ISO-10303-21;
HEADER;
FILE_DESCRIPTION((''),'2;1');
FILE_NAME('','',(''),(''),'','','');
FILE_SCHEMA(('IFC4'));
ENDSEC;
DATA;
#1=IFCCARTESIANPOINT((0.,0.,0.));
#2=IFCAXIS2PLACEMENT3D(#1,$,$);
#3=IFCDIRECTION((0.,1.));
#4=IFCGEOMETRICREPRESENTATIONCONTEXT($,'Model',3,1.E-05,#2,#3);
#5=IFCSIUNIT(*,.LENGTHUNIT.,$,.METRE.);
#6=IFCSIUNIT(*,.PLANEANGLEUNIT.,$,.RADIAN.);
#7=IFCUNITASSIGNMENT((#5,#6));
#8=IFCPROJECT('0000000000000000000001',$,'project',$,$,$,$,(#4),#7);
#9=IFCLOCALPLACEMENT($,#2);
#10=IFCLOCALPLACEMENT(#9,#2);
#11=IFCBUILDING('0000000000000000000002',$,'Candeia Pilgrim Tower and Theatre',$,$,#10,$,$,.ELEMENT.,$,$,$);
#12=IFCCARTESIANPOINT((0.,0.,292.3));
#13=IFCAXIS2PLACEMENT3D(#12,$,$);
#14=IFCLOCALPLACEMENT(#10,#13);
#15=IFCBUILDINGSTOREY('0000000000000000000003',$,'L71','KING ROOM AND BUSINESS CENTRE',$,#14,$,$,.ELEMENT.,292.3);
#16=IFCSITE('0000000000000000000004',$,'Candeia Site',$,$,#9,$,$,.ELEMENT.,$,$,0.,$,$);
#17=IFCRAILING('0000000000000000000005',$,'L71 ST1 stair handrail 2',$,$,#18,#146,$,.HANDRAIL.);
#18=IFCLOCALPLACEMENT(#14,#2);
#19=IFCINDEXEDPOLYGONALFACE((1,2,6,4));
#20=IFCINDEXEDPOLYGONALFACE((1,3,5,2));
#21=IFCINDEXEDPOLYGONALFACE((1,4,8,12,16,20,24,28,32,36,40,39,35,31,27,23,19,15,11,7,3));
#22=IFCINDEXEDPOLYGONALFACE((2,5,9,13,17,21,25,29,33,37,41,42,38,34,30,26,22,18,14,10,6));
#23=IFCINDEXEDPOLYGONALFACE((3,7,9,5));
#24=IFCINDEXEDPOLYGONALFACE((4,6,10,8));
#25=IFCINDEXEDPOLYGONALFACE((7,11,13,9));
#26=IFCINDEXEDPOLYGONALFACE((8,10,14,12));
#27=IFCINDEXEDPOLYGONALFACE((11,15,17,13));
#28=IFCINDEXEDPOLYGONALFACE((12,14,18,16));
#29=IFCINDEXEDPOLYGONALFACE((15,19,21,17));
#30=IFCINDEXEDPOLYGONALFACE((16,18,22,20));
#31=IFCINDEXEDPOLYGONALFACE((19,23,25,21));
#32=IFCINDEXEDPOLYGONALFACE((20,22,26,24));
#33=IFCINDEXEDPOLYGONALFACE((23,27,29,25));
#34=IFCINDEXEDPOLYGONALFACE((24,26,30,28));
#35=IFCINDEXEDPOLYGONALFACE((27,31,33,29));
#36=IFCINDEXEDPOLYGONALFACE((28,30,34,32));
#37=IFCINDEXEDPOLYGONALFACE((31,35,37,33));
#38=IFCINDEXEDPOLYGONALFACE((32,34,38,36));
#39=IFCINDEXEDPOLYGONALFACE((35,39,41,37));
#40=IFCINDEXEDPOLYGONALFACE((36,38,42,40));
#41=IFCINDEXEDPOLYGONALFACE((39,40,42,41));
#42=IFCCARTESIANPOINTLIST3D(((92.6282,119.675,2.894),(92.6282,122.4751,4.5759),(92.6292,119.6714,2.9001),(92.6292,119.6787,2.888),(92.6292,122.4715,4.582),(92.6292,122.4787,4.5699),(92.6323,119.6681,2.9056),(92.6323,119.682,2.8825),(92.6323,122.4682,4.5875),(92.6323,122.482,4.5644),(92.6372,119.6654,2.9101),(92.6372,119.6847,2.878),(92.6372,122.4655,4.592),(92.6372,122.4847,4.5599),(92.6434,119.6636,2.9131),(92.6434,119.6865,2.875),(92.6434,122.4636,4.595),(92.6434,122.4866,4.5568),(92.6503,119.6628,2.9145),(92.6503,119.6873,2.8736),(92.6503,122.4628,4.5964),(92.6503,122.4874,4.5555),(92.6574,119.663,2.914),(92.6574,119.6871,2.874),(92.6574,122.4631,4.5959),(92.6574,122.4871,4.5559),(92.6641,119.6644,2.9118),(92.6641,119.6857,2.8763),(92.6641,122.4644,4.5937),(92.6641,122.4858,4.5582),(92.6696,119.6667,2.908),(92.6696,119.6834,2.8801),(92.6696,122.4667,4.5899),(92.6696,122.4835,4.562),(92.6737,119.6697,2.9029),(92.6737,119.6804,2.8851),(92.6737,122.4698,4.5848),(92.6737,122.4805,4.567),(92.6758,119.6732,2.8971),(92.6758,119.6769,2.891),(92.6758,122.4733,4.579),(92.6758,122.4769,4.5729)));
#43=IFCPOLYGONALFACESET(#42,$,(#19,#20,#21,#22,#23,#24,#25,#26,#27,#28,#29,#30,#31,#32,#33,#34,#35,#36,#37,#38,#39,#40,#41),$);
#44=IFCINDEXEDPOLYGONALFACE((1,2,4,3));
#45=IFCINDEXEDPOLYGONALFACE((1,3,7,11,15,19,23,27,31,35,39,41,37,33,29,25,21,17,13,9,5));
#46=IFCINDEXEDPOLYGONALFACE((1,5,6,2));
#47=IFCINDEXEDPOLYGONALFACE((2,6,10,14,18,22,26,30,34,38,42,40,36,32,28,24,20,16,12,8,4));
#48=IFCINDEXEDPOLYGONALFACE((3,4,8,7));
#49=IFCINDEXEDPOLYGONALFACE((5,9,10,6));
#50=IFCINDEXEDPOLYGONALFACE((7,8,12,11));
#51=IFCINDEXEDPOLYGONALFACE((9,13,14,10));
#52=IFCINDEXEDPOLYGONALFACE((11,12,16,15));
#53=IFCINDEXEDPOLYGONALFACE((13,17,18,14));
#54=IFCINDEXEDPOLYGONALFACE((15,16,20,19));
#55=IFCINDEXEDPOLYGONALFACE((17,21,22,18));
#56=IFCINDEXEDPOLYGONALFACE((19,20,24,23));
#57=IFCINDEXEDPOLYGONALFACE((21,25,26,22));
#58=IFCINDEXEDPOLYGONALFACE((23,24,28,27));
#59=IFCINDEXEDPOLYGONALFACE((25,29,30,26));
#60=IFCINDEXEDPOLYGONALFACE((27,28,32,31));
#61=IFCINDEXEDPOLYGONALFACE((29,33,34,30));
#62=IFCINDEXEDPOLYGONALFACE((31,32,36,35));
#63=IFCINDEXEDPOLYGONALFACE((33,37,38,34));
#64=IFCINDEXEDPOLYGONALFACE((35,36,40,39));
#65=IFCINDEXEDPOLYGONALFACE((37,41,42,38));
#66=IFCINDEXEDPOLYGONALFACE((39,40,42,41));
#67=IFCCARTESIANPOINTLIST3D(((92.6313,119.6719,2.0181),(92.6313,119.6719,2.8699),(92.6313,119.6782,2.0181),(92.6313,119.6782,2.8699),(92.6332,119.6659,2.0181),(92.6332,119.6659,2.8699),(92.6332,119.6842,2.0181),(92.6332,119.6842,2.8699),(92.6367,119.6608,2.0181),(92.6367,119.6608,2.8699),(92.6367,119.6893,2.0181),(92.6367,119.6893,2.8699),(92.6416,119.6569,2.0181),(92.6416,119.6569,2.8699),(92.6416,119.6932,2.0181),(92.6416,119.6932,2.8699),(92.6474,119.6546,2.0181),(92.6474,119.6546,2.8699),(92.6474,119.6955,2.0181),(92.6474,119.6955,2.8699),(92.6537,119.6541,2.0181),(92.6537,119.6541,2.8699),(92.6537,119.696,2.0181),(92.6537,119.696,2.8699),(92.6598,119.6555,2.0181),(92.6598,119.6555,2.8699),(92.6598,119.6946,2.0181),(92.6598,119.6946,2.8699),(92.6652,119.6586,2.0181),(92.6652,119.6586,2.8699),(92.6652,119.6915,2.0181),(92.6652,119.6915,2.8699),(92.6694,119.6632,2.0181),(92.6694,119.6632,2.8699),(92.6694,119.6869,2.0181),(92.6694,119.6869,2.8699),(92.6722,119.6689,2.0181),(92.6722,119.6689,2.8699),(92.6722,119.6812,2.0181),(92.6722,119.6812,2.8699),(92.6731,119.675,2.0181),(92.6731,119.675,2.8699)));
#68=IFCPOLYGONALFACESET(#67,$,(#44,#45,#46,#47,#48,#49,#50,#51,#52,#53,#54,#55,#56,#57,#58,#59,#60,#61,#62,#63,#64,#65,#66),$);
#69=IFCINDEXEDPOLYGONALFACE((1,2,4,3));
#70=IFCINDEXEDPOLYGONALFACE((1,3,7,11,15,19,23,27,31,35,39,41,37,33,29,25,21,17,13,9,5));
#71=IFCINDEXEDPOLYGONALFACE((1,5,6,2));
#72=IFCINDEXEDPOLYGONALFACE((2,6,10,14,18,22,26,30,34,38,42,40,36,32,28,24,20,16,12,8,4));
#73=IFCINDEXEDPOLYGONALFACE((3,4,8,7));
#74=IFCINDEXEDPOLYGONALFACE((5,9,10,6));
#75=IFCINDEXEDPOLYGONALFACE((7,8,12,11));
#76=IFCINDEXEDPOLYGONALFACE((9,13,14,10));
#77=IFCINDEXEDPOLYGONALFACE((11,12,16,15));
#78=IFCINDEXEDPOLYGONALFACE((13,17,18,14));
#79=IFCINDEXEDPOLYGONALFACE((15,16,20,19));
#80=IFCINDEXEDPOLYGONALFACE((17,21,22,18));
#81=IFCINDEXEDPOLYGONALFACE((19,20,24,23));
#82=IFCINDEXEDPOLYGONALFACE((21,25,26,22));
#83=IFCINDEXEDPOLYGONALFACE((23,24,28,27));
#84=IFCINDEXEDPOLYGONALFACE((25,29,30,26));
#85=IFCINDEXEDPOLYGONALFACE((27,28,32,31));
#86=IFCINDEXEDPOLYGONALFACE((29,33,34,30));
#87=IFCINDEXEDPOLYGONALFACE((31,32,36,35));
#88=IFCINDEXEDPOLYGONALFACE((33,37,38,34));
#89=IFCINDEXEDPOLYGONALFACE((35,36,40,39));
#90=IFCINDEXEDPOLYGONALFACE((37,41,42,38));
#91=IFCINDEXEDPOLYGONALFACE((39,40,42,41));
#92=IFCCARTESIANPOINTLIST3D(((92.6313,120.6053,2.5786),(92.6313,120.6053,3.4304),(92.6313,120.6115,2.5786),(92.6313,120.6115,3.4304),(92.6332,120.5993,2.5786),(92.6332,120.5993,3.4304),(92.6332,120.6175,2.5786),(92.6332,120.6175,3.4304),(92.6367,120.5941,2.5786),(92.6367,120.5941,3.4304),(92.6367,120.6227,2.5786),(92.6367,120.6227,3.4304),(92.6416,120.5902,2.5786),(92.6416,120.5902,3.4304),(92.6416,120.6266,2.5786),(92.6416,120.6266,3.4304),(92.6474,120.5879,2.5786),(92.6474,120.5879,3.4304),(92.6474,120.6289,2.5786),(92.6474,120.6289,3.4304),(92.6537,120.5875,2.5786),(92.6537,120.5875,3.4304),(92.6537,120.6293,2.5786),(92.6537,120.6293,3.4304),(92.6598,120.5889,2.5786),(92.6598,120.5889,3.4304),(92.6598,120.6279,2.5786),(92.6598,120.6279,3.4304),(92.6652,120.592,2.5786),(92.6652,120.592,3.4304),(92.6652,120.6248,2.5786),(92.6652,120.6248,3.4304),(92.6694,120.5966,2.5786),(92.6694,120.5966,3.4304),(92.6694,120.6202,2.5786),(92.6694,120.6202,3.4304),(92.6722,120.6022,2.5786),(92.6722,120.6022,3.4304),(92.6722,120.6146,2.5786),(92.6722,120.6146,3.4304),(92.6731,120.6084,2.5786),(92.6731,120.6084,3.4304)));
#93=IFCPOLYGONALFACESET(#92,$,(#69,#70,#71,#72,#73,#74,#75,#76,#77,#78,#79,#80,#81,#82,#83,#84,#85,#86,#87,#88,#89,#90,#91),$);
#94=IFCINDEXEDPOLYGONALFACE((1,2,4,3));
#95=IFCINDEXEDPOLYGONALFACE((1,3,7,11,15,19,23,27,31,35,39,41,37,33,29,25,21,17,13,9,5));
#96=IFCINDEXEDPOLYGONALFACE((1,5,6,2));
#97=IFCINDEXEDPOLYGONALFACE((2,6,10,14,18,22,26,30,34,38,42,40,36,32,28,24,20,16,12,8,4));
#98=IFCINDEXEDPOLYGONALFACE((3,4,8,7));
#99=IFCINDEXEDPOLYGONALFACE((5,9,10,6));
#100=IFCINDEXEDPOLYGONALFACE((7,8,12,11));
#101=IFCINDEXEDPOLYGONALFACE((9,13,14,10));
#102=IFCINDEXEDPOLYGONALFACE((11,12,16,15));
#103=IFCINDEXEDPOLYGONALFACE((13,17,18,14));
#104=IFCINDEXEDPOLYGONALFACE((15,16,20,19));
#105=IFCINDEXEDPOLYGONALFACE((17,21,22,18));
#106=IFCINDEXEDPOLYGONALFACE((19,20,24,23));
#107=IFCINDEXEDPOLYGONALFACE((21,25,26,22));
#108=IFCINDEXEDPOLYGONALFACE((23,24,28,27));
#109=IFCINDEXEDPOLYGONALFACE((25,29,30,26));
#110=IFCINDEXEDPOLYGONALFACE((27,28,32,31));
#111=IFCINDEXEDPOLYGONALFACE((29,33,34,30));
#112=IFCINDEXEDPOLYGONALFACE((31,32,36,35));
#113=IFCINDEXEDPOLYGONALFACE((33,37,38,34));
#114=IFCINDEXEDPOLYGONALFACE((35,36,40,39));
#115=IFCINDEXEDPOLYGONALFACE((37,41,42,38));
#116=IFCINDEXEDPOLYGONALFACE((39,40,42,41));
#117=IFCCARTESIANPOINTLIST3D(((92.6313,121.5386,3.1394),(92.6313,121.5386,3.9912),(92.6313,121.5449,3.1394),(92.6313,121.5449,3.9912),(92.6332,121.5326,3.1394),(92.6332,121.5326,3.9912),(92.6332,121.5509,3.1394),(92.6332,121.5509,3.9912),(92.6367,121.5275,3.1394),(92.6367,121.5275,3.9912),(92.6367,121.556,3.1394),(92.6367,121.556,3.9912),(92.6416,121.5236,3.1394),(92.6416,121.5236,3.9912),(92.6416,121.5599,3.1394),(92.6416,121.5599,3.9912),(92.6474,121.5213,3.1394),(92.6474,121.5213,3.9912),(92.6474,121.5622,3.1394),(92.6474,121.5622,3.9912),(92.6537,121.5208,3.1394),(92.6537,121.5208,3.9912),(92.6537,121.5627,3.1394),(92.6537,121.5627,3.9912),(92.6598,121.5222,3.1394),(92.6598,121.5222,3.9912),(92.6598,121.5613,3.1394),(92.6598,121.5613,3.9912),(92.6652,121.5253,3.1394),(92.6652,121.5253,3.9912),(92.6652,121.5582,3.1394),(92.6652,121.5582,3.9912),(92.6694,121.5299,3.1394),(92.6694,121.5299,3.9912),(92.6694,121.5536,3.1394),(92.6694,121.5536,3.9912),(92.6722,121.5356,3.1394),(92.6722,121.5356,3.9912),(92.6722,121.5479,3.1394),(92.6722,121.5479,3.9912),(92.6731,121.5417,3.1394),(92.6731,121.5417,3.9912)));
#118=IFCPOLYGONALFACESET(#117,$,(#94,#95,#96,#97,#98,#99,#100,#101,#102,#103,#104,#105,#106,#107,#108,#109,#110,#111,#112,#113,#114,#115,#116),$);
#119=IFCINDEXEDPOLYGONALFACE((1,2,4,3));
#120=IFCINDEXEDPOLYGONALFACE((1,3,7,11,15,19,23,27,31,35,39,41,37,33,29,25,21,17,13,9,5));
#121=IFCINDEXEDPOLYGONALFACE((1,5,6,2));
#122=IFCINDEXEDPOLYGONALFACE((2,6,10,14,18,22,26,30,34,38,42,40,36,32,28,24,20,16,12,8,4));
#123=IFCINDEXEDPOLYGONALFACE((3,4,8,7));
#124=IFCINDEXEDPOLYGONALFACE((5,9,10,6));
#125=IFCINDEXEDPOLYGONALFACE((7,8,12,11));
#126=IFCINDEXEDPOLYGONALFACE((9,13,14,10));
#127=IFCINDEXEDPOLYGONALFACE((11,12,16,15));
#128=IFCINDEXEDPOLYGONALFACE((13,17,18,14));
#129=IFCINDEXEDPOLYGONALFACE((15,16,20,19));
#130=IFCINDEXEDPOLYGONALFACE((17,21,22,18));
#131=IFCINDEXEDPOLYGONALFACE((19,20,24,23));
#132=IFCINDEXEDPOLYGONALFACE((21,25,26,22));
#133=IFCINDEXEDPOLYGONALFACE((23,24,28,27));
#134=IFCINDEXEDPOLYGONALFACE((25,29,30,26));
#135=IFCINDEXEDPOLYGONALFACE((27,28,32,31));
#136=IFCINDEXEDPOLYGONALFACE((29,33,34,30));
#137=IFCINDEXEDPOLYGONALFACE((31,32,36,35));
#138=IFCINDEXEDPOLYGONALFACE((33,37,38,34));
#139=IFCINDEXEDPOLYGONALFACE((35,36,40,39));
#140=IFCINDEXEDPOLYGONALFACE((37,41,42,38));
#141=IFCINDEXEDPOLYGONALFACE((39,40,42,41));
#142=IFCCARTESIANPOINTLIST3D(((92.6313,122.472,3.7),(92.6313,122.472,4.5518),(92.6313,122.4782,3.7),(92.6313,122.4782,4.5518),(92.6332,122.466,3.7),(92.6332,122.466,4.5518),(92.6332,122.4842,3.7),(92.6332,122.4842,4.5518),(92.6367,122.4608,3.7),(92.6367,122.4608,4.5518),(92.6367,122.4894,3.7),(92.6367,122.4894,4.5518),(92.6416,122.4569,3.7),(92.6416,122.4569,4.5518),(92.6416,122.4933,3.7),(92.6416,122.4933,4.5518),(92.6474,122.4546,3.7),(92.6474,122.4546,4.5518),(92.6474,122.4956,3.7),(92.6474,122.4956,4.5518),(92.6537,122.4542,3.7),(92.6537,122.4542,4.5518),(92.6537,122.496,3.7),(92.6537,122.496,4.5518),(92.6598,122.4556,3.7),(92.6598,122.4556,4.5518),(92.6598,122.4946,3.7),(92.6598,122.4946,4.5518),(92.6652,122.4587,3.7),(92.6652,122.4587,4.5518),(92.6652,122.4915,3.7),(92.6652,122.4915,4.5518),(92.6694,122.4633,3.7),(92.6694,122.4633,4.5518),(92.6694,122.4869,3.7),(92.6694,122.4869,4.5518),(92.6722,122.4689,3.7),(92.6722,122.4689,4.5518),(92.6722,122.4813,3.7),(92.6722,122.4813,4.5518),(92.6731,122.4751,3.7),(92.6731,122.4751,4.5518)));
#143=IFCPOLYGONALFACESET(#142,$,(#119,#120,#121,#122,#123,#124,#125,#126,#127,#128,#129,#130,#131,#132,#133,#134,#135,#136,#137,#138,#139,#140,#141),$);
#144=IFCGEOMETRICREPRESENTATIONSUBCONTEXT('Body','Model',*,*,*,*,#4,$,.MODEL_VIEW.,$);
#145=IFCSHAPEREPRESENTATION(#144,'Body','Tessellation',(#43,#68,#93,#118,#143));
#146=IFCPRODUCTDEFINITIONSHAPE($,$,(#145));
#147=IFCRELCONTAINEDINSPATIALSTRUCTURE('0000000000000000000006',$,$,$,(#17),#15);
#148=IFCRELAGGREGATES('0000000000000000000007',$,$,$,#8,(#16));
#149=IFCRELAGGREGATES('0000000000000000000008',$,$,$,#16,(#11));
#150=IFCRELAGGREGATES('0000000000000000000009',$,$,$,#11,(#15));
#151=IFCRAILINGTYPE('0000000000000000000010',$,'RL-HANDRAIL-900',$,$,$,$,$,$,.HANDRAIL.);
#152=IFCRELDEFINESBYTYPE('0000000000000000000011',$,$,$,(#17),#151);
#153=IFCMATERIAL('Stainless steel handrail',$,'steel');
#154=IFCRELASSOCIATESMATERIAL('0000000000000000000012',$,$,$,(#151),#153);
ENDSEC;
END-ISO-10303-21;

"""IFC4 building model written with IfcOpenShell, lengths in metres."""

from ifc_helpers import new_model, si_unit, direction, frame, origin, origin_2d, place, context, subcontext, project, spatial, circle, extrude, material, type_object, element, save


model = new_model("IFC4")

# Units and contexts
model_context = context("Model", 3, precision=1e-05, world=origin(), true_north=direction((0.0, 1.0)))
body_context = subcontext(model_context, "Body", "Model", "MODEL_VIEW")
ifc_project = project(units=[si_unit("LENGTHUNIT", "METRE"), si_unit("PLANEANGLEUNIT", "RADIAN")], contexts=[model_context])

# Site, building, storey
site_placement = place(None, origin())
site = spatial("IfcSite", under=ifc_project, at=site_placement, Name="Candeia Site", CompositionType="ELEMENT", RefElevation=0.0)
building_placement = place(site_placement, origin())
building = spatial("IfcBuilding", under=site, at=building_placement, Name="Candeia Pilgrim Tower and Theatre", CompositionType="ELEMENT")
storey_placement = place(building_placement, frame((0.0, 0.0, 292.3)))
storey = spatial("IfcBuildingStorey", under=building, at=storey_placement, Name="L71", Description="KING ROOM AND BUSINESS CENTRE", CompositionType="ELEMENT", Elevation=292.3)

# Railing
ifc_material_1 = material(Name="Stainless steel handrail", Category="steel")
railing_type_1 = type_object("IfcRailingType", Name="RL-HANDRAIL-900", PredefinedType="HANDRAIL", material=ifc_material_1)
for number, where, name in (
    (1, (92.6521, 119.675, 2.0181), "L71 ST1 stair handrail 2"),
):
    element("IfcRailing", number, at=place(storey_placement, frame(where)), inside=storey, type_object=railing_type_1, Name=name, PredefinedType="HANDRAIL", context=body_context, shape_type="SweptSolid", body=[
        extrude(circle(Radius=0.0239, at=origin_2d()), frame((0.0, 0.0, 0.876), z_axis=(0.0, 0.857242, 0.514913), x_axis=(-1.0, 0.0, 0.0)), (0.0, 0.0, 1.0), 3.2664),
        extrude(circle(Radius=0.021, at=origin_2d()), origin(), (0.0, 0.0, 1.0), 0.8518),
        extrude(circle(Radius=0.021, at=origin_2d()), frame((0.0, 0.9333, 0.5605)), (0.0, 0.0, 1.0), 0.8518),
        extrude(circle(Radius=0.021, at=origin_2d()), frame((0.0, 1.8667, 1.1213)), (0.0, 0.0, 1.0), 0.8518),
        extrude(circle(Radius=0.021, at=origin_2d()), frame((0.0, 2.8, 1.6819)), (0.0, 0.0, 1.0), 0.8518),
    ])

save(model, "model.ifc")
